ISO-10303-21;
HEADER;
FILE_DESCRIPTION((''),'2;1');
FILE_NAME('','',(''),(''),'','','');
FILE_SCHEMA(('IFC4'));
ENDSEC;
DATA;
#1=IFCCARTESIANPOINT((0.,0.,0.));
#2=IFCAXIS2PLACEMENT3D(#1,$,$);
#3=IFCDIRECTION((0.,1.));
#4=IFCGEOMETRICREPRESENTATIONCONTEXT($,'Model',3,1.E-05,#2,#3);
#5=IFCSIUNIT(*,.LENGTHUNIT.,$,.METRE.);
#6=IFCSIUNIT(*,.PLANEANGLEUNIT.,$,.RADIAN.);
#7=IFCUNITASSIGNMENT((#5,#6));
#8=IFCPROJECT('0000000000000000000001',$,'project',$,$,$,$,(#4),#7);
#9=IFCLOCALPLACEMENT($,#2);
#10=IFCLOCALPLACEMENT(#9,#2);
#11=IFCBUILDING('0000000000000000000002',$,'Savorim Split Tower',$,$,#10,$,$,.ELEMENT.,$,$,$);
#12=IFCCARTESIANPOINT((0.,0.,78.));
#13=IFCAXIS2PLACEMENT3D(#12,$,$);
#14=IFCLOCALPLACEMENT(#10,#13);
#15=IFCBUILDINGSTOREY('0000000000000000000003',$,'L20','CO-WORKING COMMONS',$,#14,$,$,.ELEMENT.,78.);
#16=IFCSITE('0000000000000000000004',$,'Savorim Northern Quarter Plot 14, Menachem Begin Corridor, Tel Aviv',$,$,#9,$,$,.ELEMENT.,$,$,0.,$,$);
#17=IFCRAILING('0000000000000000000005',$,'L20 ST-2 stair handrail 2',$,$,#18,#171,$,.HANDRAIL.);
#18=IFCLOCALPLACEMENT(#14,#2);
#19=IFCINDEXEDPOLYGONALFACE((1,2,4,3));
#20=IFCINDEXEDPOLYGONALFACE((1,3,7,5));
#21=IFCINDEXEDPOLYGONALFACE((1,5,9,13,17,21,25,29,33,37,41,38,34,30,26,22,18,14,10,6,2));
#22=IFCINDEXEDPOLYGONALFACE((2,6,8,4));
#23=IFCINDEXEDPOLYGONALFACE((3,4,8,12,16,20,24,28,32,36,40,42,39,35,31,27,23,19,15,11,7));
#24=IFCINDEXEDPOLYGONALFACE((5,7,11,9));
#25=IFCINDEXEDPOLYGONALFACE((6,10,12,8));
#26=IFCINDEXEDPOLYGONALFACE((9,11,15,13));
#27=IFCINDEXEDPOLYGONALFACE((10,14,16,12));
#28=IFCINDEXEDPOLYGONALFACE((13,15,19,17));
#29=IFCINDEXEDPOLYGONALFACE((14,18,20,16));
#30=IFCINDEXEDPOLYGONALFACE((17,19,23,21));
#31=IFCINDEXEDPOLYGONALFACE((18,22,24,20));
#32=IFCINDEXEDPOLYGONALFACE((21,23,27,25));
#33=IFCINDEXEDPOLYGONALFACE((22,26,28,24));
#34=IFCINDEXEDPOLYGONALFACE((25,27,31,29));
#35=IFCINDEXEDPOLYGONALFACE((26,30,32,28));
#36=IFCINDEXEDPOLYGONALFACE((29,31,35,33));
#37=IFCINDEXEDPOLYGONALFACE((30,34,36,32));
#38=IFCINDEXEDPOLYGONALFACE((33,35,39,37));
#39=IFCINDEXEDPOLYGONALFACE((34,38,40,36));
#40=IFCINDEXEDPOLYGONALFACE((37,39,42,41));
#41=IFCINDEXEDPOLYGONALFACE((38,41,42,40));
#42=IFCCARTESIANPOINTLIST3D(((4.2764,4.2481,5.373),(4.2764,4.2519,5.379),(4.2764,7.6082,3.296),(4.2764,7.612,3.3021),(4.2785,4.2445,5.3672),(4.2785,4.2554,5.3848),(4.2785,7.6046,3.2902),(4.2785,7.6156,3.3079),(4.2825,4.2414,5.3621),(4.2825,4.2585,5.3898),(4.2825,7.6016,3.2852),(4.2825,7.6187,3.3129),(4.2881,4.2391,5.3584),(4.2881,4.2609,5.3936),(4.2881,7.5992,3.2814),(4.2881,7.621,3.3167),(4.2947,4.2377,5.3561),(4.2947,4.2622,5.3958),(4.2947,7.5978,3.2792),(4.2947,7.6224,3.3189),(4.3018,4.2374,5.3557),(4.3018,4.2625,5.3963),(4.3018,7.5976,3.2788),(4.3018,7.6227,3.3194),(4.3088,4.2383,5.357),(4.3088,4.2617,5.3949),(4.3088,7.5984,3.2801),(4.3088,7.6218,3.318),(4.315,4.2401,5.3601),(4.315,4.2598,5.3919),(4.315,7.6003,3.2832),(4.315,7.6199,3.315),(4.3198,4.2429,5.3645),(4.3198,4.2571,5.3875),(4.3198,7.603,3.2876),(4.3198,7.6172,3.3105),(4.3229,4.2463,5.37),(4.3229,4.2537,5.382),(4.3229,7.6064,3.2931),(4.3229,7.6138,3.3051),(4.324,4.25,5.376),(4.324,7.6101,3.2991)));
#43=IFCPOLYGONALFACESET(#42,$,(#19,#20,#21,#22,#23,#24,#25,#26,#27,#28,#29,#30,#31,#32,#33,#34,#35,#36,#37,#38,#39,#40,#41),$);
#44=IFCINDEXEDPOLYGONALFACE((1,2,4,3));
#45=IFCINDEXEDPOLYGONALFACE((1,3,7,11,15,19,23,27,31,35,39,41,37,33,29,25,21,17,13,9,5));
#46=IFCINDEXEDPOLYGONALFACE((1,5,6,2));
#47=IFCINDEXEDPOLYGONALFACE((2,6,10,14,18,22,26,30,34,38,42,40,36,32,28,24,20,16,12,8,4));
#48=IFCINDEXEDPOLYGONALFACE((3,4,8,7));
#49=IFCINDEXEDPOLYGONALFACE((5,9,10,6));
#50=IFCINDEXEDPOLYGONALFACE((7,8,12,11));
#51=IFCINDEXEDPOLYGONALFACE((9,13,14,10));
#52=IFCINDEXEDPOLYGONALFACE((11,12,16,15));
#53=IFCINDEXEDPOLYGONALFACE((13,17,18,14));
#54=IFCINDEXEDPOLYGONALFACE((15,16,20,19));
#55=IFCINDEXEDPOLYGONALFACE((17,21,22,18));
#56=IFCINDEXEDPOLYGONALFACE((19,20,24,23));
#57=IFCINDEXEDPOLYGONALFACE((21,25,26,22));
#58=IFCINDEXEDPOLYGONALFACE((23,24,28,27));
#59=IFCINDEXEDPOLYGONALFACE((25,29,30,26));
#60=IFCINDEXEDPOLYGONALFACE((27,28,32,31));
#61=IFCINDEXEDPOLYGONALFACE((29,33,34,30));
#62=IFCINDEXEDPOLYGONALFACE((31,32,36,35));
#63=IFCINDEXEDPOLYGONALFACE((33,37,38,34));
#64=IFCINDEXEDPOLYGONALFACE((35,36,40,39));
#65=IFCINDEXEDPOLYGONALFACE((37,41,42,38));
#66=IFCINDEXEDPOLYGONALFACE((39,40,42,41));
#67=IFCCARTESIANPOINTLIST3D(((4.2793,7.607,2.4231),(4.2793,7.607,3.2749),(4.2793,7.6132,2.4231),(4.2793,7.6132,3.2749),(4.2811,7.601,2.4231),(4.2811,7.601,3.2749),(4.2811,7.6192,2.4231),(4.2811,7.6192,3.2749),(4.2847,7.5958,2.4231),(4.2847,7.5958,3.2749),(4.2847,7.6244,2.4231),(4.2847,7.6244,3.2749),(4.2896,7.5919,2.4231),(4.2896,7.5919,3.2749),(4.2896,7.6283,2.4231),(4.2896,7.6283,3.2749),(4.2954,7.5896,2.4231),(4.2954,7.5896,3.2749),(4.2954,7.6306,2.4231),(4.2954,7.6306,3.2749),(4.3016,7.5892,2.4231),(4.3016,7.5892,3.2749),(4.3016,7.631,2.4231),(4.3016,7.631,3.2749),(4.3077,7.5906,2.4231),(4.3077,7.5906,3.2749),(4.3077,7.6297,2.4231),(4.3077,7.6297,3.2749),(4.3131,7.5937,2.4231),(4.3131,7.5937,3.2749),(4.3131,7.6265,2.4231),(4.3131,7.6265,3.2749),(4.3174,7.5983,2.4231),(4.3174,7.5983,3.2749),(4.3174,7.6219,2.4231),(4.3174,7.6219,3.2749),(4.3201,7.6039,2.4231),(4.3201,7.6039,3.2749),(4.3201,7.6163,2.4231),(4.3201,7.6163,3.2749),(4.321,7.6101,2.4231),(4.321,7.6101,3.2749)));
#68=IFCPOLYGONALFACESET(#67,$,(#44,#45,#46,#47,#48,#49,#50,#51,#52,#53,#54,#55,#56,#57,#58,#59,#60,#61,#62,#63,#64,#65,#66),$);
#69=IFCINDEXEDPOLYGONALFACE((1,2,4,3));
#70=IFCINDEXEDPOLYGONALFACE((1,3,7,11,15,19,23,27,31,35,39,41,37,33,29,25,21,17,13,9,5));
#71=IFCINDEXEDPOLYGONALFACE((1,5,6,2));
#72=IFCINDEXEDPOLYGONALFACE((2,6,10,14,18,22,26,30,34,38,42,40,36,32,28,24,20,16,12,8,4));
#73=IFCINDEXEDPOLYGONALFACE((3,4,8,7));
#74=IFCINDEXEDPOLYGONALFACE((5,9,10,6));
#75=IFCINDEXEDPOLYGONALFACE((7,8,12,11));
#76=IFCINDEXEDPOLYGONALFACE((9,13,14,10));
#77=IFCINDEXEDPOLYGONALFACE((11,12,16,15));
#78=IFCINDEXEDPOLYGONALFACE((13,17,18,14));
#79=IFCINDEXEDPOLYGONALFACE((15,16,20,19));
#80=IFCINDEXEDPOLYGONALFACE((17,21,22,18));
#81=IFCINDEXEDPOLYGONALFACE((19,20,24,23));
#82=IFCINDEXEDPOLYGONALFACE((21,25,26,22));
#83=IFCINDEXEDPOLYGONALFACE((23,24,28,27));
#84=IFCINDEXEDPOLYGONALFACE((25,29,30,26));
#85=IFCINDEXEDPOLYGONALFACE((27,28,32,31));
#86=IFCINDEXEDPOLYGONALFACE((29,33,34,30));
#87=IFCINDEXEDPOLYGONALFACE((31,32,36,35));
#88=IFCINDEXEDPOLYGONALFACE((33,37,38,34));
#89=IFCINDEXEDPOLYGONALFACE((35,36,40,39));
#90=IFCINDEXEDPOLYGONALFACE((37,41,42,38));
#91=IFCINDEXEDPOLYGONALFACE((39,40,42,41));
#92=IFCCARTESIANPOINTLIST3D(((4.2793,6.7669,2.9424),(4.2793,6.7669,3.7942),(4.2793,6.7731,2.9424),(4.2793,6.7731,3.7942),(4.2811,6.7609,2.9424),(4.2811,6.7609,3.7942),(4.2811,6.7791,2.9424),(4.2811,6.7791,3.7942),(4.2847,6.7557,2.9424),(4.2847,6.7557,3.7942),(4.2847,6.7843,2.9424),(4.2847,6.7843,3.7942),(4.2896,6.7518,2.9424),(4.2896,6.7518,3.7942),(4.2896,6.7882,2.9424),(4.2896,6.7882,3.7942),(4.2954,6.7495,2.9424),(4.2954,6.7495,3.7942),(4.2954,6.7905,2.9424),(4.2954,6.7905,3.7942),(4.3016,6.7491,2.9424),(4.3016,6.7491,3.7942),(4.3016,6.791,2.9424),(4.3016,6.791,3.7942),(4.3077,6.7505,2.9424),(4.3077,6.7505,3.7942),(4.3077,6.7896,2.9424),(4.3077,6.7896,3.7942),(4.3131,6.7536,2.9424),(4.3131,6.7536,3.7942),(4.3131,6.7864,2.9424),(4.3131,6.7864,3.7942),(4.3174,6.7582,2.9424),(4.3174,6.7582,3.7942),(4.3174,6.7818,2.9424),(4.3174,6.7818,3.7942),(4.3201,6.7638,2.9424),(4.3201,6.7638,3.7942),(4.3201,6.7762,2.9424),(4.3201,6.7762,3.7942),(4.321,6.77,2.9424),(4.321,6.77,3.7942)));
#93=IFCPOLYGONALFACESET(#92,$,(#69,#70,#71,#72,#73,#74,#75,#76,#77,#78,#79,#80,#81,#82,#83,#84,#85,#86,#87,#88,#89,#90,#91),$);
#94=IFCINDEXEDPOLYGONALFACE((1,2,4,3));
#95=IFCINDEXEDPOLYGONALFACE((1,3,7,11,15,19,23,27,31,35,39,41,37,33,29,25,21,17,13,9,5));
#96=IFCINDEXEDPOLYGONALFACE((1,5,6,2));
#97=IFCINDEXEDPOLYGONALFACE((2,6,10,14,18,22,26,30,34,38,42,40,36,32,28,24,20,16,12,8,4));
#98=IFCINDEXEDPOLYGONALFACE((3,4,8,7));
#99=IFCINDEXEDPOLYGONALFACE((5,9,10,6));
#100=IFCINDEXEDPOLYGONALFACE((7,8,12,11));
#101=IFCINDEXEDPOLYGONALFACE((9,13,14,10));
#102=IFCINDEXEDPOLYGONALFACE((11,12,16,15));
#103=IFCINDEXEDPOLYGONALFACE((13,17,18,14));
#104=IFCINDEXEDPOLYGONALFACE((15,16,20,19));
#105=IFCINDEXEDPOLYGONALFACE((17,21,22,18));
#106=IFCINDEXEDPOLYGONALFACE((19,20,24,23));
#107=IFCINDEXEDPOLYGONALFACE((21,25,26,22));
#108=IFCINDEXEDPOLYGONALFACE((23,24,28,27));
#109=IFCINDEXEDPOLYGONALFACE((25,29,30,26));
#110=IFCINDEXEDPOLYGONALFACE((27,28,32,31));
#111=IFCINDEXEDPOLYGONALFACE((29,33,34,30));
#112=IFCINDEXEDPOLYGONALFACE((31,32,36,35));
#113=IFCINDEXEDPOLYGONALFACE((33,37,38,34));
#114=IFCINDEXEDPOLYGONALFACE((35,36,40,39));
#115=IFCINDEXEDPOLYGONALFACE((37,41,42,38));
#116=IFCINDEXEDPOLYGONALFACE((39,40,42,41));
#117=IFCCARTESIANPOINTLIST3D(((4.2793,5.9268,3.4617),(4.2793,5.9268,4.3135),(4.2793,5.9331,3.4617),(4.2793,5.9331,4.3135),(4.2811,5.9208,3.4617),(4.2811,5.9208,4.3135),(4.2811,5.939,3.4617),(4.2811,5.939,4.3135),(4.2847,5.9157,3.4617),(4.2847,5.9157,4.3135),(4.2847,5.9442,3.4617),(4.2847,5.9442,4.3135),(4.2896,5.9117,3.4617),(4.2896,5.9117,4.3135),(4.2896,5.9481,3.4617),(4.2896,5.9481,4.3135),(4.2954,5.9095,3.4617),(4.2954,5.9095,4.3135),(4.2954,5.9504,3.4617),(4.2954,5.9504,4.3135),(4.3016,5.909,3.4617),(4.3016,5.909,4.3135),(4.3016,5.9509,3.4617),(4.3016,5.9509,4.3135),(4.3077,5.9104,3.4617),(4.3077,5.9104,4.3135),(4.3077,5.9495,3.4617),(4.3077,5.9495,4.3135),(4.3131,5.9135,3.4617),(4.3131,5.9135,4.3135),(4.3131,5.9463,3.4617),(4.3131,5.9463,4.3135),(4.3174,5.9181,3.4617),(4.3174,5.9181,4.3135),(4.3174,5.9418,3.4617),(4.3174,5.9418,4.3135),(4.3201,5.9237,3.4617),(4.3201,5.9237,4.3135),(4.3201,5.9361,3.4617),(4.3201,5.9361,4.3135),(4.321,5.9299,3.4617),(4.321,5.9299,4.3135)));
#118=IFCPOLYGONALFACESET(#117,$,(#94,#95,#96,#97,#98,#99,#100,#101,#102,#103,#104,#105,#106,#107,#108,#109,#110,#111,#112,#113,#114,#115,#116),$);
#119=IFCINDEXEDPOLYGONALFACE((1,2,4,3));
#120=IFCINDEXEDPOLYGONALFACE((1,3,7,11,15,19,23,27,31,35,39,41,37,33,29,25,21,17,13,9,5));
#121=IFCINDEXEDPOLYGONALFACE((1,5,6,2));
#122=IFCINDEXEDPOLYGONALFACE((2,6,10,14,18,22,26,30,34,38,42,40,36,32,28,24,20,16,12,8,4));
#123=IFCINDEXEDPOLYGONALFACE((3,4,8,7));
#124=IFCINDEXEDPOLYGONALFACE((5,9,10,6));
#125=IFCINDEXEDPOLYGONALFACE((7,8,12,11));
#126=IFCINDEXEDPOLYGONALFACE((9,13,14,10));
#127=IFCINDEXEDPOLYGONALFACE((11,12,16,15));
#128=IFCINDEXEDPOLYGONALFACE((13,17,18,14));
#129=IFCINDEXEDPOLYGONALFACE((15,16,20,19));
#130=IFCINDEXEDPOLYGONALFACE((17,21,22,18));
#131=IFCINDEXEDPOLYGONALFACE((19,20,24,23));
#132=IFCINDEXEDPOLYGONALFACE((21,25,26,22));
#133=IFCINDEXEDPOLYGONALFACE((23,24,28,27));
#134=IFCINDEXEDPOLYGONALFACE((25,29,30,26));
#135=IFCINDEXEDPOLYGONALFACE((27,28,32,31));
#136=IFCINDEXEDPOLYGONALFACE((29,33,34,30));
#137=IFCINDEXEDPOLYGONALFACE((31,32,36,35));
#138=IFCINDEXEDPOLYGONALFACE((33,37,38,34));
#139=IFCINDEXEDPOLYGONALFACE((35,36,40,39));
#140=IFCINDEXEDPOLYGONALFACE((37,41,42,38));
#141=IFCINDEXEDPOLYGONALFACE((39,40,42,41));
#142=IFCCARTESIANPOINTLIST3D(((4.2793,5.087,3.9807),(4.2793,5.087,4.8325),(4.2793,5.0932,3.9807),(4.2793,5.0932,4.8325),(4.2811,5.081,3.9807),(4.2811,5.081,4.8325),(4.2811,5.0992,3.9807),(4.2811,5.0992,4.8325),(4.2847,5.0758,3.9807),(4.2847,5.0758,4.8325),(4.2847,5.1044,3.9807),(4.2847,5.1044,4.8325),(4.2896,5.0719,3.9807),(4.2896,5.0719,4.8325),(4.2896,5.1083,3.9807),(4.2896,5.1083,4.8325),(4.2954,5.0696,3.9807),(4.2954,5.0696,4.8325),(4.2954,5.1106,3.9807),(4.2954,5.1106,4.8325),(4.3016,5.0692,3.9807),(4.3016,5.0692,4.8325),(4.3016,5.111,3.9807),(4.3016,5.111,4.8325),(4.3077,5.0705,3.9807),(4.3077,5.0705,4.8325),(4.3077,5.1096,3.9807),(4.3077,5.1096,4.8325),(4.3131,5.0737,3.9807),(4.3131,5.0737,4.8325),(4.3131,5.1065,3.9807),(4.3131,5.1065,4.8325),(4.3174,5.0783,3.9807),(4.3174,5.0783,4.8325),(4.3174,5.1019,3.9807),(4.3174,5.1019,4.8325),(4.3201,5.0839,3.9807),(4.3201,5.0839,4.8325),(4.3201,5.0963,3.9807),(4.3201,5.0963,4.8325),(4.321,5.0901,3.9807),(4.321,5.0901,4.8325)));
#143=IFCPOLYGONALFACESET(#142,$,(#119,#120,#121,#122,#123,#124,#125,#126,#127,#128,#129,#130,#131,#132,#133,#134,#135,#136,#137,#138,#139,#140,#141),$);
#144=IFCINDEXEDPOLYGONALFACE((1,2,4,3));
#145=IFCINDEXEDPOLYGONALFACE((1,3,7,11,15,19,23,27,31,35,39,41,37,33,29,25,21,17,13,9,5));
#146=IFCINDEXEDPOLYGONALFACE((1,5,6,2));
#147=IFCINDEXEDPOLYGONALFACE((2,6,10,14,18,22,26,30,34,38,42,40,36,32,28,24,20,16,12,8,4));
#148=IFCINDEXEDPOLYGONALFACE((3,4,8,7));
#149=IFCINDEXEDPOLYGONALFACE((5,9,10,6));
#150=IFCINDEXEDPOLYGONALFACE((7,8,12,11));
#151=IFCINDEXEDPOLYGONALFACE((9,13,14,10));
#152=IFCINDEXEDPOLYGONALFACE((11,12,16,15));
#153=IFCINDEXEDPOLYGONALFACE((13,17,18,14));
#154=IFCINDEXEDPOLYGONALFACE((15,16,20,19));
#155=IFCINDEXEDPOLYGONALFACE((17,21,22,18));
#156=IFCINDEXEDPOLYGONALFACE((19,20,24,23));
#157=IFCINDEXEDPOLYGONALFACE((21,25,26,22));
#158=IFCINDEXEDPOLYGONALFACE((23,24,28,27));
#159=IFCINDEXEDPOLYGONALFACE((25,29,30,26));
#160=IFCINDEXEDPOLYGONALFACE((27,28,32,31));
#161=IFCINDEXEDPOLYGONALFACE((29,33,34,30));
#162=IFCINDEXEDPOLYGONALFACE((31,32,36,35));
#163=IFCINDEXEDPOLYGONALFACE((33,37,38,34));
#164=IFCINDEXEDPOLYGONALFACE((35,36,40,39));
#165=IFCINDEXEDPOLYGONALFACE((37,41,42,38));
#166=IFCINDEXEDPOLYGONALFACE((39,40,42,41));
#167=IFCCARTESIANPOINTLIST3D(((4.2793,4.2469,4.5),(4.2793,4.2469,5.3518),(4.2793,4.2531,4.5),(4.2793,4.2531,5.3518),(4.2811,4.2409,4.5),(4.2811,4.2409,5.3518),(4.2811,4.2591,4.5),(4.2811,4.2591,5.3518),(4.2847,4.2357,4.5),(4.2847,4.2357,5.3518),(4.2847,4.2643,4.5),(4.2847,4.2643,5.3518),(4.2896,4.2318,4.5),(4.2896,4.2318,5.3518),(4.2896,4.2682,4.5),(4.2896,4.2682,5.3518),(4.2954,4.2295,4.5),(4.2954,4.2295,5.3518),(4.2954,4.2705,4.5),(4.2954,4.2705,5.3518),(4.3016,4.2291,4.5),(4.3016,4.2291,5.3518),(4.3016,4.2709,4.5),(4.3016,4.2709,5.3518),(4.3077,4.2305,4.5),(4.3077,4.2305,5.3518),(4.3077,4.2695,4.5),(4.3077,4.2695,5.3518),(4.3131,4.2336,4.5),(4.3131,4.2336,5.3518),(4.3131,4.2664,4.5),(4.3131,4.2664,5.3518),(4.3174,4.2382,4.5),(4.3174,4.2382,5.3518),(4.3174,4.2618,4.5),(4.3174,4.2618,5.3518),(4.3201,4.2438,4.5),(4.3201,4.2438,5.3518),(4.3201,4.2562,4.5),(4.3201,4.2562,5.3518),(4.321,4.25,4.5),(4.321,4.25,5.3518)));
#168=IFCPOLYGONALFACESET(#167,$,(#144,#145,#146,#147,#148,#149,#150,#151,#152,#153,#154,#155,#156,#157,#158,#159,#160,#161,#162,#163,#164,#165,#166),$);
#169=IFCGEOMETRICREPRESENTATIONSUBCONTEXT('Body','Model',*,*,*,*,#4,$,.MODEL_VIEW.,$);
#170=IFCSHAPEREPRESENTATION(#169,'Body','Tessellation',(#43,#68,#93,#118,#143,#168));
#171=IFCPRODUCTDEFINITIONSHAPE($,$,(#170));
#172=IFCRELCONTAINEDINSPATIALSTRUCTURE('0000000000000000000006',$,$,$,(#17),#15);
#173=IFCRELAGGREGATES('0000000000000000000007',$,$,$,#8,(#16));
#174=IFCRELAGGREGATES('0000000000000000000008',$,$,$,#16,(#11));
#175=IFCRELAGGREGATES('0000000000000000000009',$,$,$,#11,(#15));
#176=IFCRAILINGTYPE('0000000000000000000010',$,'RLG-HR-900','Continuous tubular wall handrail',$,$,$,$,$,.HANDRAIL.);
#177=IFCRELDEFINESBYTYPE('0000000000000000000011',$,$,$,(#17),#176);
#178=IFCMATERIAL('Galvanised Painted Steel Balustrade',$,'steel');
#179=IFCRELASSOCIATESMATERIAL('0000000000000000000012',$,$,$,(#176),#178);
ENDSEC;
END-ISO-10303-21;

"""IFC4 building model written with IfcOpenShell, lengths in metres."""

from ifc_helpers import new_model, si_unit, direction, frame, origin, origin_2d, place, context, subcontext, project, spatial, circle, extrude, material, type_object, element, save


model = new_model("IFC4")

# Units and contexts
model_context = context("Model", 3, precision=1e-05, world=origin(), true_north=direction((0.0, 1.0)))
body_context = subcontext(model_context, "Body", "Model", "MODEL_VIEW")
ifc_project = project(units=[si_unit("LENGTHUNIT", "METRE"), si_unit("PLANEANGLEUNIT", "RADIAN")], contexts=[model_context])

# Site, building, storey
site_placement = place(None, origin())
site = spatial("IfcSite", under=ifc_project, at=site_placement, Name="Savorim Northern Quarter Plot 14, Menachem Begin Corridor, Tel Aviv", CompositionType="ELEMENT", RefElevation=0.0)
building_placement = place(site_placement, origin())
building = spatial("IfcBuilding", under=site, at=building_placement, Name="Savorim Split Tower", CompositionType="ELEMENT")
storey_placement = place(building_placement, frame((0.0, 0.0, 78.0)))
storey = spatial("IfcBuildingStorey", under=building, at=storey_placement, Name="L20", Description="CO-WORKING COMMONS", CompositionType="ELEMENT", Elevation=78.0)

# Railing
ifc_material_1 = material(Name="Galvanised Painted Steel Balustrade", Category="steel")
railing_type_1 = type_object("IfcRailingType", Name="RLG-HR-900", Description="Continuous tubular wall handrail", PredefinedType="HANDRAIL", material=ifc_material_1)
railing_1_placement = place(storey_placement, frame((4.3, 7.6101, 2.4231)))
element("IfcRailing", 1, at=railing_1_placement, inside=storey, type_object=railing_type_1, Name="L20 ST-2 stair handrail 2", PredefinedType="HANDRAIL", context=body_context, shape_type="SweptSolid", body=[
    extrude(circle(Radius=0.0239, at=origin_2d()), frame((0.0, 0.0, 0.876), z_axis=(0.0, -0.850623, 0.525776), x_axis=(1.0, 0.0, 0.0)), (0.0, 0.0, 1.0), 3.9502),
    extrude(circle(Radius=0.021, at=origin_2d()), origin(), (0.0, 0.0, 1.0), 0.8518),
    extrude(circle(Radius=0.021, at=origin_2d()), frame((0.0, -0.8401, 0.5193)), (0.0, 0.0, 1.0), 0.8518),
    extrude(circle(Radius=0.021, at=origin_2d()), frame((0.0, -1.6802, 1.0386)), (0.0, 0.0, 1.0), 0.8518),
    extrude(circle(Radius=0.021, at=origin_2d()), frame((0.0, -2.52, 1.5576)), (0.0, 0.0, 1.0), 0.8518),
    extrude(circle(Radius=0.021, at=origin_2d()), frame((0.0, -3.3601, 2.0769)), (0.0, 0.0, 1.0), 0.8518),
])

save(model, "model.ifc")
